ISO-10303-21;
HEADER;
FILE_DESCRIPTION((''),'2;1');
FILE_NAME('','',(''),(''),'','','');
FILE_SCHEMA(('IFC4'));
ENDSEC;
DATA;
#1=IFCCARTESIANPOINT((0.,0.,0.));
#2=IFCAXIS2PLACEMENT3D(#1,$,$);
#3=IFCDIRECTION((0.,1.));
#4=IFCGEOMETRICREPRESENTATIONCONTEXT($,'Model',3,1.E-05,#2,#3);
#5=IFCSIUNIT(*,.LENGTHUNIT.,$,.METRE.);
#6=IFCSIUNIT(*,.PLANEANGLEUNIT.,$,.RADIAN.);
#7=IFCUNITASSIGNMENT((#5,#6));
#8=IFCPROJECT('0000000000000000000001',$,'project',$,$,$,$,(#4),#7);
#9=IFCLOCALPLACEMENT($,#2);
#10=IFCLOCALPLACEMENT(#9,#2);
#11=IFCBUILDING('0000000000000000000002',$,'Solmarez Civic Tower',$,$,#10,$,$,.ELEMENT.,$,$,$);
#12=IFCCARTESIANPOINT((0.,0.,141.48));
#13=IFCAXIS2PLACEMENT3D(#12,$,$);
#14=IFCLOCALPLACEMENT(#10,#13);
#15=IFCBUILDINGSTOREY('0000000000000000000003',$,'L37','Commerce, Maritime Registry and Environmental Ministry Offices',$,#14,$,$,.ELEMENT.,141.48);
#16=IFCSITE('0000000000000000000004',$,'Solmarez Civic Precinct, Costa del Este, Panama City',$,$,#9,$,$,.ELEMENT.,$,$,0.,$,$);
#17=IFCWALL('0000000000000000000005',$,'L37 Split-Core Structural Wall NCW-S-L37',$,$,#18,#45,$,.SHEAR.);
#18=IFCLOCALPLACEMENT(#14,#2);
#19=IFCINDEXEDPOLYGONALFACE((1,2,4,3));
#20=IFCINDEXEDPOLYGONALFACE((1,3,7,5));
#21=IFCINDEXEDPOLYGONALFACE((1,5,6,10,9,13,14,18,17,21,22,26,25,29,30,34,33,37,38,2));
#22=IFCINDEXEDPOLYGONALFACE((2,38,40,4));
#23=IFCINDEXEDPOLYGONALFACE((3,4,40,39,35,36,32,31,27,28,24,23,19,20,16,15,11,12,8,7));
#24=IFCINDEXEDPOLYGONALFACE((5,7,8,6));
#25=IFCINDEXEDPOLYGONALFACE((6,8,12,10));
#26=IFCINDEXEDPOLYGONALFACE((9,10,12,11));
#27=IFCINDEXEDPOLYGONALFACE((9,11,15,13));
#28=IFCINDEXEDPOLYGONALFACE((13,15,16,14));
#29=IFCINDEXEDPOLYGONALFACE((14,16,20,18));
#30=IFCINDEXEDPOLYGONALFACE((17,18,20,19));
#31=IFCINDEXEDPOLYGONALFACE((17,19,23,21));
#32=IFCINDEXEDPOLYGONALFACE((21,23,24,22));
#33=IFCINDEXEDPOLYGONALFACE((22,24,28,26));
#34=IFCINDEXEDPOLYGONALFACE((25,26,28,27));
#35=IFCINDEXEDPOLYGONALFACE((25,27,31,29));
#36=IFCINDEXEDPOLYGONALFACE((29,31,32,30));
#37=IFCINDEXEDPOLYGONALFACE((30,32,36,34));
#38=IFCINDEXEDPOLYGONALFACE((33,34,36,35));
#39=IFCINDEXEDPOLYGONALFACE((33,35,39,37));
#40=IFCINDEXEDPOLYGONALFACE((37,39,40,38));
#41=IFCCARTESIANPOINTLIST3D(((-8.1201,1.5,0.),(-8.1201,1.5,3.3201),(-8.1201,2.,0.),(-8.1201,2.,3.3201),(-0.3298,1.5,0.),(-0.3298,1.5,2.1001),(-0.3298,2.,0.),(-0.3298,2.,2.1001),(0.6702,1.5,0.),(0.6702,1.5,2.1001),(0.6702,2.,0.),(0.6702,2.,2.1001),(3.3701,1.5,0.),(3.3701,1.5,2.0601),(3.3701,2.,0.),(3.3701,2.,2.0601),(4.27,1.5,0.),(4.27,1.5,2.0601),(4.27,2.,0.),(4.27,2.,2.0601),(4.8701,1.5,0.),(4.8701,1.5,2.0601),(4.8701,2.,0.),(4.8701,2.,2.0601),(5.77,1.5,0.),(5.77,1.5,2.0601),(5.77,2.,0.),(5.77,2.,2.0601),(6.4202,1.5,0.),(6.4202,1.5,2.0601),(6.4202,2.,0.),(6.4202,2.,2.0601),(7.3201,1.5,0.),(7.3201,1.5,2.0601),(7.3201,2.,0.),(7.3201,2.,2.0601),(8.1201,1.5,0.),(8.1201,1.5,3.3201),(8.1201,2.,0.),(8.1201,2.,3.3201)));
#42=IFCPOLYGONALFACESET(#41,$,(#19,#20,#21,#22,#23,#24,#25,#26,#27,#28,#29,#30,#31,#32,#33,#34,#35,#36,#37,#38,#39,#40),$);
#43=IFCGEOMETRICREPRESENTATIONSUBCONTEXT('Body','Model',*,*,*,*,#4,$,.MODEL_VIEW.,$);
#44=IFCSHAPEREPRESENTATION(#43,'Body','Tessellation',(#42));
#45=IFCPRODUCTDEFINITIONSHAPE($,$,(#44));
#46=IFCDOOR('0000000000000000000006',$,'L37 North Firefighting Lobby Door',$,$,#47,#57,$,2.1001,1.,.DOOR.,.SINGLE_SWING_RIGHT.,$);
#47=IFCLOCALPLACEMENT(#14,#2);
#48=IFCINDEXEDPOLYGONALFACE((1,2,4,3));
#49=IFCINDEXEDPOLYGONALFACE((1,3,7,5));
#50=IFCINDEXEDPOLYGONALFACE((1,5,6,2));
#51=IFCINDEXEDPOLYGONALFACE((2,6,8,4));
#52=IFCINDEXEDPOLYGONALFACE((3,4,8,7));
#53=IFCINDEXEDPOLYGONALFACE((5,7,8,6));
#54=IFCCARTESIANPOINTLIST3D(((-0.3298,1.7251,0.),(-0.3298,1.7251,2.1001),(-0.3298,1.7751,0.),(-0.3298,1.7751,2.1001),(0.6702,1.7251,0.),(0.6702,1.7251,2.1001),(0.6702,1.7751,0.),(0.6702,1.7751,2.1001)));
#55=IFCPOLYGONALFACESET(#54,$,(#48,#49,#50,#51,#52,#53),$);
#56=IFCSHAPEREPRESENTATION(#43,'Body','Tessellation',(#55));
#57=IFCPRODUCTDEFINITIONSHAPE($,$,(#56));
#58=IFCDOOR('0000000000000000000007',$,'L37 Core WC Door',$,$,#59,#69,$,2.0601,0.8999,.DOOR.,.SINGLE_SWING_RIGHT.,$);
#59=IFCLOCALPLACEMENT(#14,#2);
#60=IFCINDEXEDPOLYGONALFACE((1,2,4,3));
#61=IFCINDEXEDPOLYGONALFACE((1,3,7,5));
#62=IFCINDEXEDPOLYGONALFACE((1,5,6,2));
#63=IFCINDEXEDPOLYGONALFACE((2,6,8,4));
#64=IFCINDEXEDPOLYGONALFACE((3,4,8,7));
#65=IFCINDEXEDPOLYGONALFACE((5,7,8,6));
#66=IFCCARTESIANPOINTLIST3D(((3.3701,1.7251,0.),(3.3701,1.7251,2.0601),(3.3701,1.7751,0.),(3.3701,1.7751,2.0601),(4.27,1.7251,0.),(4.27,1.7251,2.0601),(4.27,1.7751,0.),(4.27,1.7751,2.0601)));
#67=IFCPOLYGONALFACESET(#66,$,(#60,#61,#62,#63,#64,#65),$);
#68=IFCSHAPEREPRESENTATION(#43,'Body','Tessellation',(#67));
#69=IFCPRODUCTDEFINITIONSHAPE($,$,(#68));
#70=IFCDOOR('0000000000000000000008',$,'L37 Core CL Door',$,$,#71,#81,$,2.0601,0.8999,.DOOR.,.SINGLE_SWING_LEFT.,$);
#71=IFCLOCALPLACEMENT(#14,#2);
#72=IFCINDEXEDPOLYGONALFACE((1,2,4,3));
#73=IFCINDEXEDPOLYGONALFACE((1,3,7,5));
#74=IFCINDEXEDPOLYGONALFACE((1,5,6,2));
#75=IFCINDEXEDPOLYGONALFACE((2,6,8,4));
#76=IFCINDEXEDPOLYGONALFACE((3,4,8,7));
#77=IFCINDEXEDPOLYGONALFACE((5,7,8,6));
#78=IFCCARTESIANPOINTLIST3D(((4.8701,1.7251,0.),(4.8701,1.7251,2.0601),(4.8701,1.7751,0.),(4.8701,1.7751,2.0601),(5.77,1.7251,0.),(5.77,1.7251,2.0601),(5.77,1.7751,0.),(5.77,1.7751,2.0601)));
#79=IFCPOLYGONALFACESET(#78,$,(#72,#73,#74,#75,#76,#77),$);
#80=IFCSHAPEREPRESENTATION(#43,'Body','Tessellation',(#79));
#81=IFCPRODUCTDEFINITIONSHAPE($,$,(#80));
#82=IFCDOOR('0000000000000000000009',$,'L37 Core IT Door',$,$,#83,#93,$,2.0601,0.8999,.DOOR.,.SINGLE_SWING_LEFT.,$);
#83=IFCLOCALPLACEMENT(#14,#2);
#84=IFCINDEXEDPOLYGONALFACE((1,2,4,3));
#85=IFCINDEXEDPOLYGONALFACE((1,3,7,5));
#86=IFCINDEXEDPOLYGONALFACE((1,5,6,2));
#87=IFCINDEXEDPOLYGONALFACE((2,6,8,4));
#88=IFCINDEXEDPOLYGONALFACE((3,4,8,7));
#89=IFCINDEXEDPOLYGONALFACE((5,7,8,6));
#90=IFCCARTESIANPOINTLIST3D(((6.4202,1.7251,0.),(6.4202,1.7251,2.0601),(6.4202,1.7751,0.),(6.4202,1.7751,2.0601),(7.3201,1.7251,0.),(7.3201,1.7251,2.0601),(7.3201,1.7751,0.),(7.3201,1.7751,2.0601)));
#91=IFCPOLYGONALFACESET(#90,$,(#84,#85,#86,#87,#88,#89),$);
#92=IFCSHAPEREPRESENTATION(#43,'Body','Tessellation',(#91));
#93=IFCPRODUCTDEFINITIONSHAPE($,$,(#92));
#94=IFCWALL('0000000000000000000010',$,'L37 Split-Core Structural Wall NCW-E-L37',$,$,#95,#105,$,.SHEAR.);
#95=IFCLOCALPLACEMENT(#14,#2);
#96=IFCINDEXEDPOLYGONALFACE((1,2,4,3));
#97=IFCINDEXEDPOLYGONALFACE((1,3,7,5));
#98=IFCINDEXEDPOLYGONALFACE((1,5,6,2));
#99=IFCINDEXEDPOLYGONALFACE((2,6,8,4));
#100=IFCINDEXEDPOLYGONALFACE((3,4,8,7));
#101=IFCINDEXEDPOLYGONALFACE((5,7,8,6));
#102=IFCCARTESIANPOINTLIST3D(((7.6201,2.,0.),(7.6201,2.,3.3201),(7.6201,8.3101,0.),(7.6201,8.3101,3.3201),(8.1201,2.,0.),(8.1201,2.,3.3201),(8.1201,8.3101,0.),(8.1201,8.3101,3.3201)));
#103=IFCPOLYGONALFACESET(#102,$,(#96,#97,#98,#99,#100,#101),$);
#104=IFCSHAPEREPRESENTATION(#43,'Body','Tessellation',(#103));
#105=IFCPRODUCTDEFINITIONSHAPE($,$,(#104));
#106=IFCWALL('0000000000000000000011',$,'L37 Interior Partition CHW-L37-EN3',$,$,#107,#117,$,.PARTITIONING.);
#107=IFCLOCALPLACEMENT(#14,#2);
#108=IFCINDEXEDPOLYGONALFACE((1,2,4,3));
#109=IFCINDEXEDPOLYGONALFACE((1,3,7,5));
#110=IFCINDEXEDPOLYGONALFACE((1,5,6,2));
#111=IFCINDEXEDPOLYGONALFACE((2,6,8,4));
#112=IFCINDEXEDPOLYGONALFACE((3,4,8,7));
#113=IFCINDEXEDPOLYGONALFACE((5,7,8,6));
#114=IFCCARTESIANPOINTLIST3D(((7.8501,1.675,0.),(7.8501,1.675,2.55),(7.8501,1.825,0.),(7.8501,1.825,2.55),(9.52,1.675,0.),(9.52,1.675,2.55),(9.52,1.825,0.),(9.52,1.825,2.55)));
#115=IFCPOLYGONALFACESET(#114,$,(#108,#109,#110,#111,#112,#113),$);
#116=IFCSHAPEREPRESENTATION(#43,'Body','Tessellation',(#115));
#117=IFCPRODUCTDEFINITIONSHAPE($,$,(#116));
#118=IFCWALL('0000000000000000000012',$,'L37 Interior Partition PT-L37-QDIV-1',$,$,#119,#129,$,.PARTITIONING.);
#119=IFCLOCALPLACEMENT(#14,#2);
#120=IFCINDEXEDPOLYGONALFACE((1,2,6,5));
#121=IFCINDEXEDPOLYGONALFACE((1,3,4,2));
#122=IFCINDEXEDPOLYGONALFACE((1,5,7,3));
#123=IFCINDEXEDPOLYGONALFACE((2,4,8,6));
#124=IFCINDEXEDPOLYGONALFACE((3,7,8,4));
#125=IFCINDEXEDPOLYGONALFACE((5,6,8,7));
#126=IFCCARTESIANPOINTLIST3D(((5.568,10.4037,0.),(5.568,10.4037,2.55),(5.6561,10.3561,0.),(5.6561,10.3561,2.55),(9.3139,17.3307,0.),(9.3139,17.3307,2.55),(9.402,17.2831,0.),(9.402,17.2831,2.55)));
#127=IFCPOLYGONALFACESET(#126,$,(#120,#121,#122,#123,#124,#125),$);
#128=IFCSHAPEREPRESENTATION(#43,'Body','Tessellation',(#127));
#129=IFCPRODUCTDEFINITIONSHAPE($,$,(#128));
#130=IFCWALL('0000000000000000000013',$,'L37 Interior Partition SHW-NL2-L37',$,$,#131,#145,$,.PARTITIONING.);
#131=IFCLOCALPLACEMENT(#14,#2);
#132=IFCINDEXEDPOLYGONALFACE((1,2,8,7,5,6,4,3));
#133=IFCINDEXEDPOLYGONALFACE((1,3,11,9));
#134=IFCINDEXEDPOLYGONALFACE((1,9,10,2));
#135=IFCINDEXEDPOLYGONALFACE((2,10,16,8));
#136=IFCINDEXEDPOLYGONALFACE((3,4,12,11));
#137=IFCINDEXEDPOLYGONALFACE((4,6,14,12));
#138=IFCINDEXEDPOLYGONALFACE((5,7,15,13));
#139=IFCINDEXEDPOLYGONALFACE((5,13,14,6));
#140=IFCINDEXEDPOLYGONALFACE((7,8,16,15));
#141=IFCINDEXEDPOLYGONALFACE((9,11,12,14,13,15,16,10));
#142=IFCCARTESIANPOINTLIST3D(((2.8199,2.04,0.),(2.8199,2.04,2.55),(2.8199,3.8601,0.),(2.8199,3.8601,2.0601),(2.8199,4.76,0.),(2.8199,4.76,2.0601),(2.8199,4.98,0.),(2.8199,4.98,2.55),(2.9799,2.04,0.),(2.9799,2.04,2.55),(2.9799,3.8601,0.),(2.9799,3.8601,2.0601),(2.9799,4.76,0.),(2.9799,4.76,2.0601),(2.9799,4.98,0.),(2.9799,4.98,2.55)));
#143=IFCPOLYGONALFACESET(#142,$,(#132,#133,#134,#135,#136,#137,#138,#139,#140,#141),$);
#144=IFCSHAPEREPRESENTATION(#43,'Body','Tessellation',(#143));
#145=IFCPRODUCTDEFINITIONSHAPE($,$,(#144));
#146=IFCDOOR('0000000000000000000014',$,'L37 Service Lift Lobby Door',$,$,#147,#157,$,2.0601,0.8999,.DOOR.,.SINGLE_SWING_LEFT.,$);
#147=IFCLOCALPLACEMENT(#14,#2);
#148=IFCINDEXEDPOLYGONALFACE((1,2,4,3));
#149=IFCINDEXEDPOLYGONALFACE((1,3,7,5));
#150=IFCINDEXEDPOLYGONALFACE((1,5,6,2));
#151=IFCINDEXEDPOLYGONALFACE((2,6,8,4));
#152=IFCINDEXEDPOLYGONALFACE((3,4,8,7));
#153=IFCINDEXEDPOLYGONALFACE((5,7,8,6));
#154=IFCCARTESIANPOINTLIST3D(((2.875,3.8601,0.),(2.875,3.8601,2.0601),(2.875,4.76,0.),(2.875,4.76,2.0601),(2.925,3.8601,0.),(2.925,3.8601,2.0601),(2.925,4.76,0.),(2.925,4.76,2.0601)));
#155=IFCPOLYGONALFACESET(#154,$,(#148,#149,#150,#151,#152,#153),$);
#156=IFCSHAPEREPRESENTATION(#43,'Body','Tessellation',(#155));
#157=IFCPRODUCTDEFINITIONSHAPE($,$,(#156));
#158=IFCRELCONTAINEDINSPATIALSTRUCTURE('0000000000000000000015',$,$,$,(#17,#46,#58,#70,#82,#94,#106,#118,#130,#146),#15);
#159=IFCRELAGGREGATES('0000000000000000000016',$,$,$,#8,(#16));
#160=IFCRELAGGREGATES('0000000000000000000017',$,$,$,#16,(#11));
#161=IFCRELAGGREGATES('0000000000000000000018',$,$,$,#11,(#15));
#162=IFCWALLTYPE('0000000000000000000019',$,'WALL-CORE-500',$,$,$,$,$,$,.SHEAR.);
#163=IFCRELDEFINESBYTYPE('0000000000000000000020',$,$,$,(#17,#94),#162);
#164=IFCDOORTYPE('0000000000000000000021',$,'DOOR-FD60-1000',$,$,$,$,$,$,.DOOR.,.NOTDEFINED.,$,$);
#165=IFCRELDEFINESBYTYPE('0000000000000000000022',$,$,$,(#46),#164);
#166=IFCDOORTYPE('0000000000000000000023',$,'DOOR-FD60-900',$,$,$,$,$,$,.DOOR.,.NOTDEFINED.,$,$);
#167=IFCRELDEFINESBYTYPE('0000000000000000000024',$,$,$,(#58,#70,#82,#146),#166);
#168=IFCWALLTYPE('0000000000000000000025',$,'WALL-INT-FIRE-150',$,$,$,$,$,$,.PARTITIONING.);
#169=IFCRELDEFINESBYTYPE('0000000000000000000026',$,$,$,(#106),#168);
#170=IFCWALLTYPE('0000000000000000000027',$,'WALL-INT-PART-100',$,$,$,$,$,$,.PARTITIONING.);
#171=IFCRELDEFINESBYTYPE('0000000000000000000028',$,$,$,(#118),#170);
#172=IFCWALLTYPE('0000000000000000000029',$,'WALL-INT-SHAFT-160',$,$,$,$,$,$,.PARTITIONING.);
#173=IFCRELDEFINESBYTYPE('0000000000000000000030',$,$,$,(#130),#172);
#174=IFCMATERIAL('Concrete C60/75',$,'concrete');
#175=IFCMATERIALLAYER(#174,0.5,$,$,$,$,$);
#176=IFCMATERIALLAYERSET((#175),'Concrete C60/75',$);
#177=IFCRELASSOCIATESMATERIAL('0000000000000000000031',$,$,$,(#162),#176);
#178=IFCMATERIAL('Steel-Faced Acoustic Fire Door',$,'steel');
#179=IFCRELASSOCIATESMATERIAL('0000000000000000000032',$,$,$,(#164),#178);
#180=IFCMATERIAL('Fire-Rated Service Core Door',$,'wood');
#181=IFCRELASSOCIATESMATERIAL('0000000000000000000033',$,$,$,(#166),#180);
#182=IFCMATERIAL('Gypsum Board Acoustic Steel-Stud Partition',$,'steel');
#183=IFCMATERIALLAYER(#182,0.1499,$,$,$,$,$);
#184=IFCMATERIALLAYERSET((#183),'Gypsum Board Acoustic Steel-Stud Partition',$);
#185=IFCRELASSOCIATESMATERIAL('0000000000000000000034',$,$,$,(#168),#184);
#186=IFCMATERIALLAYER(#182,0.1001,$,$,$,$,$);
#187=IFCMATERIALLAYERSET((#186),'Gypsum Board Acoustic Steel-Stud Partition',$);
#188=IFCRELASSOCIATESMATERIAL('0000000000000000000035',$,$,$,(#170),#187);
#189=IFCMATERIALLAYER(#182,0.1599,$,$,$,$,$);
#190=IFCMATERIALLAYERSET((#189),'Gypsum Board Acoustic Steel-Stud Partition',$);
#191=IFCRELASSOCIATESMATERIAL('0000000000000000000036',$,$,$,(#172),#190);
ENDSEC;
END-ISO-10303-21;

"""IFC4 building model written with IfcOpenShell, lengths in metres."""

from ifc_helpers import new_model, si_unit, direction, frame, frame_2d, origin, place, context, subcontext, project, spatial, rectangle, extrude, material, layer, layer_set, type_object, element, fill, save


model = new_model("IFC4")

# Units and contexts
model_context = context("Model", 3, precision=1e-05, world=origin(), true_north=direction((0.0, 1.0)))
body_context = subcontext(model_context, "Body", "Model", "MODEL_VIEW")
ifc_project = project(units=[si_unit("LENGTHUNIT", "METRE"), si_unit("PLANEANGLEUNIT", "RADIAN")], contexts=[model_context])

# Site, building, storey
site_placement = place(None, origin())
site = spatial("IfcSite", under=ifc_project, at=site_placement, Name="Solmarez Civic Precinct, Costa del Este, Panama City", CompositionType="ELEMENT", RefElevation=0.0)
building_placement = place(site_placement, origin())
building = spatial("IfcBuilding", under=site, at=building_placement, Name="Solmarez Civic Tower", CompositionType="ELEMENT")
storey_placement = place(building_placement, frame((0.0, 0.0, 141.48)))
storey = spatial("IfcBuildingStorey", under=building, at=storey_placement, Name="L37", Description="Commerce, Maritime Registry and Environmental Ministry Offices", CompositionType="ELEMENT", Elevation=141.48)

# Wall, openings, doors
ifc_material_1 = material(Name="Concrete C60/75", Category="concrete")
ifc_layer_1 = layer(ifc_material_1, 0.5)
ifc_layer_set_1 = layer_set([ifc_layer_1], Name="Concrete C60/75")
wall_type_1 = type_object("IfcWallType", Name="WALL-CORE-500", PredefinedType="SHEAR", material=ifc_layer_set_1)
wall_1_placement = place(storey_placement, frame((8.1201, 1.75, 0.0), z_axis=(0.0, 0.0, 1.0), x_axis=(-1.0, 0.0, 0.0)))
wall_1 = element("IfcWall", 1, at=wall_1_placement, inside=storey, type_object=wall_type_1, Name="L37 Split-Core Structural Wall NCW-S-L37", PredefinedType="SHEAR", context=body_context, shape_type="SweptSolid", body=[
    extrude(rectangle(XDim=16.2402, YDim=0.5, at=frame_2d((8.1201, 0.0))), origin(), (0.0, 0.0, 1.0), 3.3201),
])
opening_1_placement = place(wall_1_placement, frame((7.45, 0.0, 0.0)))
opening_1 = element("IfcOpeningElement", 2, at=opening_1_placement, cuts=wall_1, PredefinedType="OPENING", context=body_context, shape_type="SweptSolid", body=[
    extrude(rectangle(XDim=1.0, YDim=2.1001, at=frame_2d((0.5, 1.05))), frame((0.0, 0.26, 0.0), z_axis=(0.0, -1.0, 0.0), x_axis=(1.0, 0.0, 0.0)), (0.0, 0.0, 1.0), 0.52),
])
opening_2_placement = place(wall_1_placement, frame((3.8501, 0.0, 0.0)))
opening_2 = element("IfcOpeningElement", 3, at=opening_2_placement, cuts=wall_1, PredefinedType="OPENING", context=body_context, shape_type="SweptSolid", body=[
    extrude(rectangle(XDim=0.8999, YDim=2.0601, at=frame_2d((0.45, 1.03))), frame((0.0, 0.26, 0.0), z_axis=(0.0, -1.0, 0.0), x_axis=(1.0, 0.0, 0.0)), (0.0, 0.0, 1.0), 0.52),
])
opening_3_placement = place(wall_1_placement, frame((2.3501, 0.0, 0.0)))
opening_3 = element("IfcOpeningElement", 4, at=opening_3_placement, cuts=wall_1, PredefinedType="OPENING", context=body_context, shape_type="SweptSolid", body=[
    extrude(rectangle(XDim=0.8999, YDim=2.0601, at=frame_2d((0.45, 1.03))), frame((0.0, 0.26, 0.0), z_axis=(0.0, -1.0, 0.0), x_axis=(1.0, 0.0, 0.0)), (0.0, 0.0, 1.0), 0.52),
])
opening_4_placement = place(wall_1_placement, frame((0.8, 0.0, 0.0)))
opening_4 = element("IfcOpeningElement", 5, at=opening_4_placement, cuts=wall_1, PredefinedType="OPENING", context=body_context, shape_type="SweptSolid", body=[
    extrude(rectangle(XDim=0.8999, YDim=2.0601, at=frame_2d((0.45, 1.03))), frame((0.0, 0.26, 0.0), z_axis=(0.0, -1.0, 0.0), x_axis=(1.0, 0.0, 0.0)), (0.0, 0.0, 1.0), 0.52),
])
ifc_material_2 = material(Name="Steel-Faced Acoustic Fire Door", Category="steel")
door_type_1 = type_object("IfcDoorType", Name="DOOR-FD60-1000", OperationType="NOTDEFINED", PredefinedType="DOOR", material=ifc_material_2)
door_1_placement = place(opening_1_placement, origin())
door_1 = element("IfcDoor", 6, at=door_1_placement, inside=storey, type_object=door_type_1, Name="L37 North Firefighting Lobby Door", OperationType="SINGLE_SWING_RIGHT", OverallHeight=2.1001, OverallWidth=1.0, PredefinedType="DOOR", context=body_context, shape_type="SweptSolid", body=[
    extrude(rectangle(XDim=1.0, YDim=2.1001, at=frame_2d((0.5, 1.05))), frame((0.0, 0.0249, 0.0), z_axis=(0.0, -1.0, 0.0), x_axis=(1.0, 0.0, 0.0)), (0.0, 0.0, 1.0), 0.05),
])
fill(opening_1, door_1)
ifc_material_3 = material(Name="Fire-Rated Service Core Door", Category="wood")
door_type_2 = type_object("IfcDoorType", Name="DOOR-FD60-900", OperationType="NOTDEFINED", PredefinedType="DOOR", material=ifc_material_3)
door_2_placement = place(opening_2_placement, origin())
door_2 = element("IfcDoor", 7, at=door_2_placement, inside=storey, type_object=door_type_2, Name="L37 Core WC Door", OperationType="SINGLE_SWING_RIGHT", OverallHeight=2.0601, OverallWidth=0.8999, PredefinedType="DOOR", context=body_context, shape_type="SweptSolid", body=[
    extrude(rectangle(XDim=0.8999, YDim=2.0601, at=frame_2d((0.45, 1.03))), frame((0.0, 0.0249, 0.0), z_axis=(0.0, -1.0, 0.0), x_axis=(1.0, 0.0, 0.0)), (0.0, 0.0, 1.0), 0.05),
])
fill(opening_2, door_2)
door_3_placement = place(opening_3_placement, origin())
door_3 = element("IfcDoor", 8, at=door_3_placement, inside=storey, type_object=door_type_2, Name="L37 Core CL Door", OperationType="SINGLE_SWING_LEFT", OverallHeight=2.0601, OverallWidth=0.8999, PredefinedType="DOOR", context=body_context, shape_type="SweptSolid", body=[
    extrude(rectangle(XDim=0.8999, YDim=2.0601, at=frame_2d((0.45, 1.03))), frame((0.0, 0.0249, 0.0), z_axis=(0.0, -1.0, 0.0), x_axis=(1.0, 0.0, 0.0)), (0.0, 0.0, 1.0), 0.05),
])
fill(opening_3, door_3)
door_4_placement = place(opening_4_placement, origin())
door_4 = element("IfcDoor", 9, at=door_4_placement, inside=storey, type_object=door_type_2, Name="L37 Core IT Door", OperationType="SINGLE_SWING_LEFT", OverallHeight=2.0601, OverallWidth=0.8999, PredefinedType="DOOR", context=body_context, shape_type="SweptSolid", body=[
    extrude(rectangle(XDim=0.8999, YDim=2.0601, at=frame_2d((0.45, 1.03))), frame((0.0, 0.0249, 0.0), z_axis=(0.0, -1.0, 0.0), x_axis=(1.0, 0.0, 0.0)), (0.0, 0.0, 1.0), 0.05),
])
fill(opening_4, door_4)

# Walls
wall_2_placement = place(storey_placement, frame((7.8701, 8.3101, 0.0), z_axis=(0.0, 0.0, 1.0), x_axis=(0.0, -1.0, 0.0)))
element("IfcWall", 10, at=wall_2_placement, inside=storey, type_object=wall_type_1, Name="L37 Split-Core Structural Wall NCW-E-L37", PredefinedType="SHEAR", context=body_context, shape_type="SweptSolid", body=[
    extrude(rectangle(XDim=6.3101, YDim=0.5, at=frame_2d((3.155, 0.0))), origin(), (0.0, 0.0, 1.0), 3.3201),
])
ifc_material_4 = material(Name="Gypsum Board Acoustic Steel-Stud Partition", Category="steel")
ifc_layer_2 = layer(ifc_material_4, 0.1499)
ifc_layer_set_2 = layer_set([ifc_layer_2], Name="Gypsum Board Acoustic Steel-Stud Partition")
wall_type_2 = type_object("IfcWallType", Name="WALL-INT-FIRE-150", PredefinedType="PARTITIONING", material=ifc_layer_set_2)
wall_3_placement = place(storey_placement, frame((7.8501, 1.75, 0.0), z_axis=(0.0, 0.0, 1.0), x_axis=(1.0, 0.0, 0.0)))
element("IfcWall", 11, at=wall_3_placement, inside=storey, type_object=wall_type_2, Name="L37 Interior Partition CHW-L37-EN3", PredefinedType="PARTITIONING", context=body_context, shape_type="SweptSolid", body=[
    extrude(rectangle(XDim=1.6699, YDim=0.1499, at=frame_2d((0.835, 0.0))), origin(), (0.0, 0.0, 1.0), 2.55),
])
ifc_layer_3 = layer(ifc_material_4, 0.1001)
ifc_layer_set_3 = layer_set([ifc_layer_3], Name="Gypsum Board Acoustic Steel-Stud Partition")
wall_type_3 = type_object("IfcWallType", Name="WALL-INT-PART-100", PredefinedType="PARTITIONING", material=ifc_layer_set_3)
wall_4_placement = place(storey_placement, frame((5.6121, 10.3799, 0.0), z_axis=(0.0, 0.0, 1.0), x_axis=(0.475667, 0.879626, 0.0)))
element("IfcWall", 12, at=wall_4_placement, inside=storey, type_object=wall_type_3, Name="L37 Interior Partition PT-L37-QDIV-1", PredefinedType="PARTITIONING", context=body_context, shape_type="SweptSolid", body=[
    extrude(rectangle(XDim=7.875, YDim=0.1001, at=frame_2d((3.9375, 0.0))), origin(), (0.0, 0.0, 1.0), 2.55),
])

# Wall, opening, door
ifc_layer_4 = layer(ifc_material_4, 0.1599)
ifc_layer_set_4 = layer_set([ifc_layer_4], Name="Gypsum Board Acoustic Steel-Stud Partition")
wall_type_4 = type_object("IfcWallType", Name="WALL-INT-SHAFT-160", PredefinedType="PARTITIONING", material=ifc_layer_set_4)
wall_5_placement = place(storey_placement, frame((2.8999, 2.04, 0.0), z_axis=(0.0, 0.0, 1.0), x_axis=(0.0, 1.0, 0.0)))
wall_5 = element("IfcWall", 13, at=wall_5_placement, inside=storey, type_object=wall_type_4, Name="L37 Interior Partition SHW-NL2-L37", PredefinedType="PARTITIONING", context=body_context, shape_type="SweptSolid", body=[
    extrude(rectangle(XDim=2.9399, YDim=0.1599, at=frame_2d((1.47, 0.0))), origin(), (0.0, 0.0, 1.0), 2.55),
])
opening_5_placement = place(wall_5_placement, frame((1.8201, 0.0, 0.0)))
opening_5 = element("IfcOpeningElement", 14, at=opening_5_placement, cuts=wall_5, PredefinedType="OPENING", context=body_context, shape_type="SweptSolid", body=[
    extrude(rectangle(XDim=0.8999, YDim=2.0601, at=frame_2d((0.45, 1.03))), frame((0.0, 0.0898, 0.0), z_axis=(0.0, -1.0, 0.0), x_axis=(1.0, 0.0, 0.0)), (0.0, 0.0, 1.0), 0.1799),
])
door_5_placement = place(opening_5_placement, origin())
door_5 = element("IfcDoor", 15, at=door_5_placement, inside=storey, type_object=door_type_2, Name="L37 Service Lift Lobby Door", OperationType="SINGLE_SWING_LEFT", OverallHeight=2.0601, OverallWidth=0.8999, PredefinedType="DOOR", context=body_context, shape_type="SweptSolid", body=[
    extrude(rectangle(XDim=0.8999, YDim=2.0601, at=frame_2d((0.45, 1.03))), frame((0.0, 0.0249, 0.0), z_axis=(0.0, -1.0, 0.0), x_axis=(1.0, 0.0, 0.0)), (0.0, 0.0, 1.0), 0.05),
])
fill(opening_5, door_5)

save(model, "model.ifc")
